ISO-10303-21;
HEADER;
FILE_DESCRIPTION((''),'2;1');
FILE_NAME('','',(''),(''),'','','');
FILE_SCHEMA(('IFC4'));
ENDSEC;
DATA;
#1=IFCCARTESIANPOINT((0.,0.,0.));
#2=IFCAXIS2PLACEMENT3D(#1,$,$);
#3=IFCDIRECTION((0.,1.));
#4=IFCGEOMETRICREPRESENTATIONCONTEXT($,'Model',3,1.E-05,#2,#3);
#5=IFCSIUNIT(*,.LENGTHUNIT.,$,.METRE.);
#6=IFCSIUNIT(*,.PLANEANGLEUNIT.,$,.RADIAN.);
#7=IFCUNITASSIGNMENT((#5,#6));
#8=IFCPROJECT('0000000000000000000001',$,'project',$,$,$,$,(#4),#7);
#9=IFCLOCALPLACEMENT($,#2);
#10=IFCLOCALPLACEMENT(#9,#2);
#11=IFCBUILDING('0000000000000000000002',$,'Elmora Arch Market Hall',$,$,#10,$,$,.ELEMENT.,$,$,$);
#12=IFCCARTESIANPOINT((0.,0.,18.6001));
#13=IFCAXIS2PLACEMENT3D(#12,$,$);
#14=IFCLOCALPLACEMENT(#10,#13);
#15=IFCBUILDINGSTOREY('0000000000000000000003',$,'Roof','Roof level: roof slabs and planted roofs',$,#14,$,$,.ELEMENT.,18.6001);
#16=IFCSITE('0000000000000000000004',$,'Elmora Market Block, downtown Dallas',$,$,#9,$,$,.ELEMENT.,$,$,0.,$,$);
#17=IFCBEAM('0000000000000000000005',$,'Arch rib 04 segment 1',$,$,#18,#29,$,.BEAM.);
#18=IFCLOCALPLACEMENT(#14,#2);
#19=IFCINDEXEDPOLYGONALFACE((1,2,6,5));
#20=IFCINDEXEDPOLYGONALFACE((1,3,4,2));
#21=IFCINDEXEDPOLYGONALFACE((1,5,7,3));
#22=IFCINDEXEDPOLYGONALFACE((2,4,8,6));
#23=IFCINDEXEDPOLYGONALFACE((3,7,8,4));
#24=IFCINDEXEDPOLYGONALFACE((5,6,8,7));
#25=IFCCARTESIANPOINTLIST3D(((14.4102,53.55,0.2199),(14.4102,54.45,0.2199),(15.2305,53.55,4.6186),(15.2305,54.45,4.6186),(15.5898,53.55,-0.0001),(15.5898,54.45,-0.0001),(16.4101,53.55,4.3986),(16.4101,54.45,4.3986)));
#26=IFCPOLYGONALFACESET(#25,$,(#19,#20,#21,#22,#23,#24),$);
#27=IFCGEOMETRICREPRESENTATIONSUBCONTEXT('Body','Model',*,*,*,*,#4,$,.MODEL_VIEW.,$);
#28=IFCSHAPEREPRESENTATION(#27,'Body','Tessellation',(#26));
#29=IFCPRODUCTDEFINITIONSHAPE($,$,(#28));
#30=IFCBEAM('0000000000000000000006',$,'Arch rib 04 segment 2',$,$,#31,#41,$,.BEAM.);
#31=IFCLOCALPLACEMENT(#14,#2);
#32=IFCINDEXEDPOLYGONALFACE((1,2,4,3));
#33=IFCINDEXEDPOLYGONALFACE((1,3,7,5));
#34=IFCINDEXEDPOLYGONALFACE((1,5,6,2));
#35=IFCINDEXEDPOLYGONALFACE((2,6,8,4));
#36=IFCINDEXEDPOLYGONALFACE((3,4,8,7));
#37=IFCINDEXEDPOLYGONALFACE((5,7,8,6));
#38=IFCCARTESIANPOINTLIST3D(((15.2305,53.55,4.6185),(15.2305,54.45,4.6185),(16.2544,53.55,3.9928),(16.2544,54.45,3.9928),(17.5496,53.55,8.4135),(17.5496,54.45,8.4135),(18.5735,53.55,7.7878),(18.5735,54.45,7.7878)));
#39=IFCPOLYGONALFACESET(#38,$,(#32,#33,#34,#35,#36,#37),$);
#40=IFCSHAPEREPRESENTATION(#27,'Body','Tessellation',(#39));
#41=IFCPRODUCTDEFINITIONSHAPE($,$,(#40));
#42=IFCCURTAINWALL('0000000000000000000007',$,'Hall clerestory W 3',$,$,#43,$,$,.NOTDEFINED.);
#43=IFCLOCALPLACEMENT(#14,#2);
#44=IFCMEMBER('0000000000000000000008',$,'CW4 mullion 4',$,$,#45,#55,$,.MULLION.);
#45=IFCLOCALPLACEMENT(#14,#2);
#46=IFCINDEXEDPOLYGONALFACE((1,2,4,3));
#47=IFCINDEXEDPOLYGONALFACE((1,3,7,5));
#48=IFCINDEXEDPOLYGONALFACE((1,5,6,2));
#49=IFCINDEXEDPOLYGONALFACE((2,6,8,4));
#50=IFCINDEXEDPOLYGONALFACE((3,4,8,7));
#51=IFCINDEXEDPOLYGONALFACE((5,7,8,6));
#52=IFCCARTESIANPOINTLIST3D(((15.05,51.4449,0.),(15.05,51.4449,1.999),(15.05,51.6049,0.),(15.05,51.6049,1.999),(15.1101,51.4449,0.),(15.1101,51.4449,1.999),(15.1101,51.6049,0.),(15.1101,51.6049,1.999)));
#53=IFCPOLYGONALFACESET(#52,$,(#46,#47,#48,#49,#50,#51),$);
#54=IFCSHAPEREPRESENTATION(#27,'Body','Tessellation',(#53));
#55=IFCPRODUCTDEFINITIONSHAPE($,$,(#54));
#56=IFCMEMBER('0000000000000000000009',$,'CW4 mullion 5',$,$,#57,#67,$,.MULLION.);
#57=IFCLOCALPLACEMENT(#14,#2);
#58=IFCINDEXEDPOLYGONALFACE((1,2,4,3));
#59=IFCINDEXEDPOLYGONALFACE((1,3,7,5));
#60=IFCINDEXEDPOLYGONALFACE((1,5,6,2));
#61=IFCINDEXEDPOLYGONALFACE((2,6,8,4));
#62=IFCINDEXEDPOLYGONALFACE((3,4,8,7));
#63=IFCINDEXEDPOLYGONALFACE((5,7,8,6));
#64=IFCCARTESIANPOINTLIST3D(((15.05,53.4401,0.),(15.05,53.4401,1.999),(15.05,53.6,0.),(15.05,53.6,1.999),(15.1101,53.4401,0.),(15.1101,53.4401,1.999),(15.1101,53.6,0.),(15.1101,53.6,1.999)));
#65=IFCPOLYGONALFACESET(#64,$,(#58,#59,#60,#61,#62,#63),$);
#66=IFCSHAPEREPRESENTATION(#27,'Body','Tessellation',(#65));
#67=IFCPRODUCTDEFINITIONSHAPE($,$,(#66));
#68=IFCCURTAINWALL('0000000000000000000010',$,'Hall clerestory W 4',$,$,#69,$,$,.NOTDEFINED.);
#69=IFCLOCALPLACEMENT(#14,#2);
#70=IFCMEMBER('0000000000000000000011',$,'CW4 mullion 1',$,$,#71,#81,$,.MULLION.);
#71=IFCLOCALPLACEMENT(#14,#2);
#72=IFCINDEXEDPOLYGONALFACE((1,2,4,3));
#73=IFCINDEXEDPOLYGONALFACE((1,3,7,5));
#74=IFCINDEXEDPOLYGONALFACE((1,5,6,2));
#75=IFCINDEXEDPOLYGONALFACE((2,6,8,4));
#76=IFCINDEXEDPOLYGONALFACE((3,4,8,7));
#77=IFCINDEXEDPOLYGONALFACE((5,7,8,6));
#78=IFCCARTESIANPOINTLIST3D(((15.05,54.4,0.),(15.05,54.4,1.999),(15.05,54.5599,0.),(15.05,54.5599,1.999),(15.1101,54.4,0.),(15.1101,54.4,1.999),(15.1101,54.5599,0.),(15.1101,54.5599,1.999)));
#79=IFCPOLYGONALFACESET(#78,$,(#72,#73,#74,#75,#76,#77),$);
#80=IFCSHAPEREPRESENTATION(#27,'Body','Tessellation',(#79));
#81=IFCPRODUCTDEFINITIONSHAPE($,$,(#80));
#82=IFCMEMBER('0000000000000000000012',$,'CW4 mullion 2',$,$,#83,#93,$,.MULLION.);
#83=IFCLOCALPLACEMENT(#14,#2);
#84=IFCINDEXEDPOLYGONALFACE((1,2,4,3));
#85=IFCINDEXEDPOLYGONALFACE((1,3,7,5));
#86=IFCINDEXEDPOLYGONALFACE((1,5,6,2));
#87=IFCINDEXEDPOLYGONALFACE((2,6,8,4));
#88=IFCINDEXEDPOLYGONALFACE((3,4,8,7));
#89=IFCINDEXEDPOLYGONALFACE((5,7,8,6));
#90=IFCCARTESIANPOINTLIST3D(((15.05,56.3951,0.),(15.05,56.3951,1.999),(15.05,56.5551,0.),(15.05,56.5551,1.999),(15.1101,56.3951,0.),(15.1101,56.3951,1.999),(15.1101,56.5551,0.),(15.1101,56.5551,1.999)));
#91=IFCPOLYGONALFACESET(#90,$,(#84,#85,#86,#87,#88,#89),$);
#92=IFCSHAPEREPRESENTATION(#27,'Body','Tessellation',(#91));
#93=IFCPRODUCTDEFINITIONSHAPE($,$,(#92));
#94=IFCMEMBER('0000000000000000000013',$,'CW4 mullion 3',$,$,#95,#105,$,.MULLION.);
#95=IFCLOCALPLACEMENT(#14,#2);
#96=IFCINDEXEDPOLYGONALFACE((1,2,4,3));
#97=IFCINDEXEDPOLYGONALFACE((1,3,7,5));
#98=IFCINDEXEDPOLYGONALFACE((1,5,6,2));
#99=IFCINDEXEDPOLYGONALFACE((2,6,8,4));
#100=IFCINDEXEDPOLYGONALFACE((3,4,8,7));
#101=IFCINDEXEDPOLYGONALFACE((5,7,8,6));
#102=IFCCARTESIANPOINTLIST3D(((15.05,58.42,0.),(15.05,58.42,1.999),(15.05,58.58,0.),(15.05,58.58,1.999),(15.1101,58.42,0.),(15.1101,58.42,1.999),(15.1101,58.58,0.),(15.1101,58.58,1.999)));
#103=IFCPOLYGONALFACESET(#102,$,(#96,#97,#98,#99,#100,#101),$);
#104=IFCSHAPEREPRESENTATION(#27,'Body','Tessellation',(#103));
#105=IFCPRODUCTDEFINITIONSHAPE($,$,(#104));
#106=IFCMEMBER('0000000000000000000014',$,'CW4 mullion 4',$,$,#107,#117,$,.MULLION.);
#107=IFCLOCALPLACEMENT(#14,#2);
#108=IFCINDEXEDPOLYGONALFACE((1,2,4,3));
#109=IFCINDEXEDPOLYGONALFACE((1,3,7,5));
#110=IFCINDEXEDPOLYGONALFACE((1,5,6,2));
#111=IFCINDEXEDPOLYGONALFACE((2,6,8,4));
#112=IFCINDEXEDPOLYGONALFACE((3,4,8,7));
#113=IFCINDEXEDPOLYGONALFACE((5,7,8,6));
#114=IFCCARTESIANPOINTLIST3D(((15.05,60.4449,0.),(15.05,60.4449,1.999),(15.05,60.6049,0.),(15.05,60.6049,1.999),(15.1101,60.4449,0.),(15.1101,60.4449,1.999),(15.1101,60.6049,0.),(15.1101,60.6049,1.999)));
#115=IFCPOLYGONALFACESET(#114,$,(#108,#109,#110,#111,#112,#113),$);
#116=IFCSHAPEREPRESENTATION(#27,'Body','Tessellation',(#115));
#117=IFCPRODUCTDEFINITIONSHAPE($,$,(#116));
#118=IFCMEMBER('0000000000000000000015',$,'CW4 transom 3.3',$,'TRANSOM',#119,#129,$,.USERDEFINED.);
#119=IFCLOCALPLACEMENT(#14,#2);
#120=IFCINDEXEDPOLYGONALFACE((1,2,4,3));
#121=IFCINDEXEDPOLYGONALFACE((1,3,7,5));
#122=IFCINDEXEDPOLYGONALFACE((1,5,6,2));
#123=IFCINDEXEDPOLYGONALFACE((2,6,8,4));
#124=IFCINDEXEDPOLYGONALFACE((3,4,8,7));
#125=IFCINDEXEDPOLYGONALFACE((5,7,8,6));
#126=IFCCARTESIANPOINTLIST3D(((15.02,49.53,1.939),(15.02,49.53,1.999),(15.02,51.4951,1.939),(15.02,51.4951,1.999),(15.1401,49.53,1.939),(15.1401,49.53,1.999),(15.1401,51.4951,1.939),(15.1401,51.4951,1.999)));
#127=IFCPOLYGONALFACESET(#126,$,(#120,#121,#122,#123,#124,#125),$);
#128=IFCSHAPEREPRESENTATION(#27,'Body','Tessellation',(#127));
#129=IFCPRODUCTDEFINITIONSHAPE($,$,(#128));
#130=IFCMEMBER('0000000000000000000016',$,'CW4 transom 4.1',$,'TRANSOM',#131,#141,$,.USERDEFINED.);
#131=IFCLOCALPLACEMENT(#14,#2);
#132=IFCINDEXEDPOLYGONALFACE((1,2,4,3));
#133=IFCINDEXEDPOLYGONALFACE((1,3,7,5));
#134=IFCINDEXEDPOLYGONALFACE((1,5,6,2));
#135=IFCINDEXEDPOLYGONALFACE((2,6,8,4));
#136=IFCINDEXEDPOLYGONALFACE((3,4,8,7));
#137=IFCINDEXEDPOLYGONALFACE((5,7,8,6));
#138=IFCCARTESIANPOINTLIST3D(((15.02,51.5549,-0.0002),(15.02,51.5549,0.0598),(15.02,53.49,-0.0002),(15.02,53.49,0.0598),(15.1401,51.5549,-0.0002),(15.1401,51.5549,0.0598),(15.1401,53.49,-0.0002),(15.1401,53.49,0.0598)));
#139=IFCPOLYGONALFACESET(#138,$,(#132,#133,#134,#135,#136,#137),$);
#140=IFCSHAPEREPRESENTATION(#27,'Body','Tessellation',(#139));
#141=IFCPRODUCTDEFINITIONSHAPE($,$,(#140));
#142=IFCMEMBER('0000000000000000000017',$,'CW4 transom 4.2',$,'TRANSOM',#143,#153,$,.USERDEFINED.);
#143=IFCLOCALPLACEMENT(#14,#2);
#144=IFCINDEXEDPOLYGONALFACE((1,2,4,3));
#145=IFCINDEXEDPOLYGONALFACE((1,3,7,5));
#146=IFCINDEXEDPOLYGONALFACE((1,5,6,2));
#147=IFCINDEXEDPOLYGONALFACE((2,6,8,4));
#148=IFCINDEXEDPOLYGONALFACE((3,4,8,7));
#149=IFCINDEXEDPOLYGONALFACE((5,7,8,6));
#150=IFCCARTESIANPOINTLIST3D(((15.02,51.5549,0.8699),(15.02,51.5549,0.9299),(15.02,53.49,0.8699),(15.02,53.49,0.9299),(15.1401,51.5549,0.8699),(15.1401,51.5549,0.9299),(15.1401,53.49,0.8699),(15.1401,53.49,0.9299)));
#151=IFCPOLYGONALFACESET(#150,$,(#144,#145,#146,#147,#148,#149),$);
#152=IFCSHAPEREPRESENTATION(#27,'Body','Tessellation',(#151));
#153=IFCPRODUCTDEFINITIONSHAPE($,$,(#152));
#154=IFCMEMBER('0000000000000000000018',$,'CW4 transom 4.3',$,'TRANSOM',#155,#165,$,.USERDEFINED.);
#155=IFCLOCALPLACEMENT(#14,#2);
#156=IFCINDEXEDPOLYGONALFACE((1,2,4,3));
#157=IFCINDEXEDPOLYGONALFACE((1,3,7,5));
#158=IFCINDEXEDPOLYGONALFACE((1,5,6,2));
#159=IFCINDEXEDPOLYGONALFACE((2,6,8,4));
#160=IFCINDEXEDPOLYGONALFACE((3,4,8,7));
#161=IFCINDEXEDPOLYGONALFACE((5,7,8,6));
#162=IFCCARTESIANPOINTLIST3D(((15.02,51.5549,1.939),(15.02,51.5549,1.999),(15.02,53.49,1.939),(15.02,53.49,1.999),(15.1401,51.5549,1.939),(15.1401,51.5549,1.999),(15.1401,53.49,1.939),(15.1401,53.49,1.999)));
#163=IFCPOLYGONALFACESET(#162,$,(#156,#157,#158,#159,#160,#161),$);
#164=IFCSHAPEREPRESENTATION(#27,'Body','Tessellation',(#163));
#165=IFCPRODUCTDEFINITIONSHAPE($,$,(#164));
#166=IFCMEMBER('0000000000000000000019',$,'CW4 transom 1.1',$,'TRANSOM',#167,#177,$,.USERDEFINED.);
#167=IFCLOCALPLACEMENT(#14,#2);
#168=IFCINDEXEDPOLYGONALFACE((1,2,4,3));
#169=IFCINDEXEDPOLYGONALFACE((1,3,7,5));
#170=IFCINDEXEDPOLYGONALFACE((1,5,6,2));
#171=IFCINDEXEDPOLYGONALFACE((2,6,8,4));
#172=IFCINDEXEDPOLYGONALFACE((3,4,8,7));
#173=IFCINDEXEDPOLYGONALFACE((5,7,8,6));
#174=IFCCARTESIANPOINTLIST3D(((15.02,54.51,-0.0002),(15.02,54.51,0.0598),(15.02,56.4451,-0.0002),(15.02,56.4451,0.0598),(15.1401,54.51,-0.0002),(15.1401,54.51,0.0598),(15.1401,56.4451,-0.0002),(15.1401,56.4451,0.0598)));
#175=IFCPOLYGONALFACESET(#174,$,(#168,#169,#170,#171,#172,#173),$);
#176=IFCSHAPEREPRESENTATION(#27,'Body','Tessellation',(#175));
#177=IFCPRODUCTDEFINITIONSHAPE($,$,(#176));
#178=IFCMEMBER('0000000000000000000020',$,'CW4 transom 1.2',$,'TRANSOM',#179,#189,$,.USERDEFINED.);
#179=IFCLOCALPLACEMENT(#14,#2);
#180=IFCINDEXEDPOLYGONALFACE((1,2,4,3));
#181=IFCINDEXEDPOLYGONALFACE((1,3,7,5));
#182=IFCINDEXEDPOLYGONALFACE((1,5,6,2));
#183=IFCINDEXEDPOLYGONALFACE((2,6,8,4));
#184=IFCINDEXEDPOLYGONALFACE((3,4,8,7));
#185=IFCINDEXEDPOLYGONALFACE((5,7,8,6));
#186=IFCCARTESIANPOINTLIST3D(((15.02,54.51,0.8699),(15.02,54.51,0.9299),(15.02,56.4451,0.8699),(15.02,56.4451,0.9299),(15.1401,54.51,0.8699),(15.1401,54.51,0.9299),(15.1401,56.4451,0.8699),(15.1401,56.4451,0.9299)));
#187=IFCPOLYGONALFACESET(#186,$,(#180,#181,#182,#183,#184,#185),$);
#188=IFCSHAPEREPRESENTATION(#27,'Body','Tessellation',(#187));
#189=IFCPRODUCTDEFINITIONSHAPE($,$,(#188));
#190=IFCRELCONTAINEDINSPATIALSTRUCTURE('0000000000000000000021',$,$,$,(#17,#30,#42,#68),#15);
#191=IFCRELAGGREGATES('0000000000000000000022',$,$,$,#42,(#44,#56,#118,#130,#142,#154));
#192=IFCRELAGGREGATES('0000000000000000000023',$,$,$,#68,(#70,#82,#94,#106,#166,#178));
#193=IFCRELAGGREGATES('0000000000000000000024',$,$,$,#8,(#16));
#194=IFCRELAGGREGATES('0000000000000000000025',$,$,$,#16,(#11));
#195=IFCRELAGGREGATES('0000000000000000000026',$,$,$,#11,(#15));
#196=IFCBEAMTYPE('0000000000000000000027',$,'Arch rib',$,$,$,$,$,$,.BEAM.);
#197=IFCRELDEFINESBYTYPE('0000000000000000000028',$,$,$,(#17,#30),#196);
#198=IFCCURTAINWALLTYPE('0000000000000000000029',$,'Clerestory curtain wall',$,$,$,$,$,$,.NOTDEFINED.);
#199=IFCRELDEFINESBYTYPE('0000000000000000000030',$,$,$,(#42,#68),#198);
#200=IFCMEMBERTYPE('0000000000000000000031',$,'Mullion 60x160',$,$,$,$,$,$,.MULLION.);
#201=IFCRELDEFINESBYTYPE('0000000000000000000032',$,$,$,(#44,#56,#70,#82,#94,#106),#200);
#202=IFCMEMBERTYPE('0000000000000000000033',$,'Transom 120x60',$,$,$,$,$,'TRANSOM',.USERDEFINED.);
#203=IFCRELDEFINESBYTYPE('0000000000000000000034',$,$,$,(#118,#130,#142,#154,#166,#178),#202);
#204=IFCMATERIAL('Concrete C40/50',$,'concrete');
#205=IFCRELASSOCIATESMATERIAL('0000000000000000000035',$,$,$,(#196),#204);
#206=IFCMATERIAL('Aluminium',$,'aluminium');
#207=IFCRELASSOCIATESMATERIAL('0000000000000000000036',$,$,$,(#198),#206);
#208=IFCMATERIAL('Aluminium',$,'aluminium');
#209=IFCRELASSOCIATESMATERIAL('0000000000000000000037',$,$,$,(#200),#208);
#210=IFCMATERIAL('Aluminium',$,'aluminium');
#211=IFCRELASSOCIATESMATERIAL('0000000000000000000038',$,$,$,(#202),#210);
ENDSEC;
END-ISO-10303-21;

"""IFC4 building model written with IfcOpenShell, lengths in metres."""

from ifc_helpers import new_model, si_unit, direction, frame, origin, origin_2d, place, context, subcontext, project, spatial, rectangle, extrude, material, material_profile, profile_set, type_object, element, aggregate, save


model = new_model("IFC4")

# Units and contexts
model_context = context("Model", 3, precision=1e-05, world=origin(), true_north=direction((0.0, 1.0)))
body_context = subcontext(model_context, "Body", "Model", "MODEL_VIEW")
ifc_project = project(units=[si_unit("LENGTHUNIT", "METRE"), si_unit("PLANEANGLEUNIT", "RADIAN")], contexts=[model_context])

# Site, building, storey
site_placement = place(None, origin())
site = spatial("IfcSite", under=ifc_project, at=site_placement, Name="Elmora Market Block, downtown Dallas", CompositionType="ELEMENT", RefElevation=0.0)
building_placement = place(site_placement, origin())
building = spatial("IfcBuilding", under=site, at=building_placement, Name="Elmora Arch Market Hall", CompositionType="ELEMENT")
storey_placement = place(building_placement, frame((0.0, 0.0, 18.6001)))
storey = spatial("IfcBuildingStorey", under=building, at=storey_placement, Name="Roof", Description="Roof level: roof slabs and planted roofs", CompositionType="ELEMENT", Elevation=18.6001)

# Beams
ifc_material_1 = material(Name="Concrete C40/50", Category="concrete")
ifc_material_profile_1 = material_profile(ifc_material_1, rectangle(XDim=0.8999, YDim=1.2, at=origin_2d()), Name="Arch rib")
ifc_profile_set_1 = profile_set([ifc_material_profile_1], Name="Concrete C40/50")
beam_type = type_object("IfcBeamType", Name="Arch rib", PredefinedType="BEAM", material=ifc_profile_set_1)
beam_1_placement = place(storey_placement, frame((15.0, 54.0, 0.1099), z_axis=(0.18333, 0.0, 0.983051), x_axis=(0.0, 1.0, 0.0)))
element("IfcBeam", 1, at=beam_1_placement, inside=storey, type_object=beam_type, Name="Arch rib 04 segment 1", PredefinedType="BEAM", context=body_context, shape_type="SweptSolid", body=[
    extrude(rectangle(XDim=0.8999, YDim=1.2, at=origin_2d()), origin(), (0.0, 0.0, 1.0), 4.4746),
])
beam_2_placement = place(storey_placement, frame((15.7424, 54.0, 4.3057), z_axis=(0.521446, 0.0, 0.853285), x_axis=(0.0, 1.0, 0.0)))
element("IfcBeam", 2, at=beam_2_placement, inside=storey, type_object=beam_type, Name="Arch rib 04 segment 2", PredefinedType="BEAM", context=body_context, shape_type="SweptSolid", body=[
    extrude(rectangle(XDim=0.8999, YDim=1.2, at=origin_2d()), origin(), (0.0, 0.0, 1.0), 4.4475),
])

# Curtain walls, members
ifc_material_2 = material(Name="Aluminium", Category="aluminium")
curtain_wall_type = type_object("IfcCurtainWallType", Name="Clerestory curtain wall", PredefinedType="NOTDEFINED", material=ifc_material_2)
curtain_wall_1_placement = place(storey_placement, origin())
curtain_wall_1 = element("IfcCurtainWall", 3, at=curtain_wall_1_placement, inside=storey, type_object=curtain_wall_type, Name="Hall clerestory W 3", PredefinedType="NOTDEFINED")
ifc_material_3 = material(Name="Aluminium", Category="aluminium")
ifc_material_profile_2 = material_profile(ifc_material_3, rectangle(XDim=0.0601, YDim=0.1599, at=origin_2d()), Name="AL 60x160")
ifc_profile_set_2 = profile_set([ifc_material_profile_2], Name="Aluminium")
member_type_1 = type_object("IfcMemberType", Name="Mullion 60x160", PredefinedType="MULLION", material=ifc_profile_set_2)
member_1_placement = place(storey_placement, frame((15.0801, 51.5249, 0.0), z_axis=(0.0, 0.0, 1.0), x_axis=(-1.0, 0.0, 0.0)))
member_1 = element("IfcMember", 4, at=member_1_placement, type_object=member_type_1, Name="CW4 mullion 4", PredefinedType="MULLION", context=body_context, shape_type="SweptSolid", body=[
    extrude(rectangle(XDim=0.0601, YDim=0.1599, at=origin_2d()), origin(), (0.0, 0.0, 1.0), 1.999),
])
member_2_placement = place(storey_placement, frame((15.0801, 53.52, 0.0), z_axis=(0.0, 0.0, 1.0), x_axis=(-1.0, 0.0, 0.0)))
member_2 = element("IfcMember", 5, at=member_2_placement, type_object=member_type_1, Name="CW4 mullion 5", PredefinedType="MULLION", context=body_context, shape_type="SweptSolid", body=[
    extrude(rectangle(XDim=0.0601, YDim=0.1599, at=origin_2d()), origin(), (0.0, 0.0, 1.0), 1.999),
])
curtain_wall_2_placement = place(storey_placement, origin())
curtain_wall_2 = element("IfcCurtainWall", 6, at=curtain_wall_2_placement, inside=storey, type_object=curtain_wall_type, Name="Hall clerestory W 4", PredefinedType="NOTDEFINED")
member_3_placement = place(storey_placement, frame((15.0801, 54.48, 0.0), z_axis=(0.0, 0.0, 1.0), x_axis=(-1.0, 0.0, 0.0)))
member_3 = element("IfcMember", 7, at=member_3_placement, type_object=member_type_1, Name="CW4 mullion 1", PredefinedType="MULLION", context=body_context, shape_type="SweptSolid", body=[
    extrude(rectangle(XDim=0.0601, YDim=0.1599, at=origin_2d()), origin(), (0.0, 0.0, 1.0), 1.999),
])
member_4_placement = place(storey_placement, frame((15.0801, 56.4751, 0.0), z_axis=(0.0, 0.0, 1.0), x_axis=(-1.0, 0.0, 0.0)))
member_4 = element("IfcMember", 8, at=member_4_placement, type_object=member_type_1, Name="CW4 mullion 2", PredefinedType="MULLION", context=body_context, shape_type="SweptSolid", body=[
    extrude(rectangle(XDim=0.0601, YDim=0.1599, at=origin_2d()), origin(), (0.0, 0.0, 1.0), 1.999),
])
member_5_placement = place(storey_placement, frame((15.0801, 58.5, 0.0), z_axis=(0.0, 0.0, 1.0), x_axis=(-1.0, 0.0, 0.0)))
member_5 = element("IfcMember", 9, at=member_5_placement, type_object=member_type_1, Name="CW4 mullion 3", PredefinedType="MULLION", context=body_context, shape_type="SweptSolid", body=[
    extrude(rectangle(XDim=0.0601, YDim=0.1599, at=origin_2d()), origin(), (0.0, 0.0, 1.0), 1.999),
])
member_6_placement = place(storey_placement, frame((15.0801, 60.5249, 0.0), z_axis=(0.0, 0.0, 1.0), x_axis=(-1.0, 0.0, 0.0)))
member_6 = element("IfcMember", 10, at=member_6_placement, type_object=member_type_1, Name="CW4 mullion 4", PredefinedType="MULLION", context=body_context, shape_type="SweptSolid", body=[
    extrude(rectangle(XDim=0.0601, YDim=0.1599, at=origin_2d()), origin(), (0.0, 0.0, 1.0), 1.999),
])

# Members
ifc_material_4 = material(Name="Aluminium", Category="aluminium")
ifc_material_profile_3 = material_profile(ifc_material_4, rectangle(XDim=0.1201, YDim=0.0601, at=origin_2d()), Name="AL 120x60")
ifc_profile_set_3 = profile_set([ifc_material_profile_3], Name="Aluminium")
member_type_2 = type_object("IfcMemberType", Name="Transom 120x60", ElementType="TRANSOM", PredefinedType="USERDEFINED", material=ifc_profile_set_3)
member_7_placement = place(storey_placement, frame((15.0801, 49.53, 1.969), z_axis=(0.0, 1.0, 0.0), x_axis=(-1.0, 0.0, 0.0)))
member_7 = element("IfcMember", 11, at=member_7_placement, type_object=member_type_2, Name="CW4 transom 3.3", ObjectType="TRANSOM", PredefinedType="USERDEFINED", context=body_context, shape_type="SweptSolid", body=[
    extrude(rectangle(XDim=0.1201, YDim=0.0601, at=origin_2d()), origin(), (0.0, 0.0, 1.0), 1.9651),
])
member_8_placement = place(storey_placement, frame((15.0801, 51.5549, 0.0298), z_axis=(0.0, 1.0, 0.0), x_axis=(-1.0, 0.0, 0.0)))
member_8 = element("IfcMember", 12, at=member_8_placement, type_object=member_type_2, Name="CW4 transom 4.1", ObjectType="TRANSOM", PredefinedType="USERDEFINED", context=body_context, shape_type="SweptSolid", body=[
    extrude(rectangle(XDim=0.1201, YDim=0.0601, at=origin_2d()), origin(), (0.0, 0.0, 1.0), 1.9351),
])
member_9_placement = place(storey_placement, frame((15.0801, 51.5549, 0.8999), z_axis=(0.0, 1.0, 0.0), x_axis=(-1.0, 0.0, 0.0)))
member_9 = element("IfcMember", 13, at=member_9_placement, type_object=member_type_2, Name="CW4 transom 4.2", ObjectType="TRANSOM", PredefinedType="USERDEFINED", context=body_context, shape_type="SweptSolid", body=[
    extrude(rectangle(XDim=0.1201, YDim=0.0601, at=origin_2d()), origin(), (0.0, 0.0, 1.0), 1.9351),
])
member_10_placement = place(storey_placement, frame((15.0801, 51.5549, 1.969), z_axis=(0.0, 1.0, 0.0), x_axis=(-1.0, 0.0, 0.0)))
member_10 = element("IfcMember", 14, at=member_10_placement, type_object=member_type_2, Name="CW4 transom 4.3", ObjectType="TRANSOM", PredefinedType="USERDEFINED", context=body_context, shape_type="SweptSolid", body=[
    extrude(rectangle(XDim=0.1201, YDim=0.0601, at=origin_2d()), origin(), (0.0, 0.0, 1.0), 1.9351),
])
member_11_placement = place(storey_placement, frame((15.0801, 54.51, 0.0298), z_axis=(0.0, 1.0, 0.0), x_axis=(-1.0, 0.0, 0.0)))
member_11 = element("IfcMember", 15, at=member_11_placement, type_object=member_type_2, Name="CW4 transom 1.1", ObjectType="TRANSOM", PredefinedType="USERDEFINED", context=body_context, shape_type="SweptSolid", body=[
    extrude(rectangle(XDim=0.1201, YDim=0.0601, at=origin_2d()), origin(), (0.0, 0.0, 1.0), 1.9351),
])
member_12_placement = place(storey_placement, frame((15.0801, 54.51, 0.8999), z_axis=(0.0, 1.0, 0.0), x_axis=(-1.0, 0.0, 0.0)))
member_12 = element("IfcMember", 16, at=member_12_placement, type_object=member_type_2, Name="CW4 transom 1.2", ObjectType="TRANSOM", PredefinedType="USERDEFINED", context=body_context, shape_type="SweptSolid", body=[
    extrude(rectangle(XDim=0.1201, YDim=0.0601, at=origin_2d()), origin(), (0.0, 0.0, 1.0), 1.9351),
])

aggregate(curtain_wall_1, [member_1, member_2, member_7, member_8, member_9, member_10])
aggregate(curtain_wall_2, [member_3, member_4, member_5, member_6, member_11, member_12])

save(model, "model.ifc")
